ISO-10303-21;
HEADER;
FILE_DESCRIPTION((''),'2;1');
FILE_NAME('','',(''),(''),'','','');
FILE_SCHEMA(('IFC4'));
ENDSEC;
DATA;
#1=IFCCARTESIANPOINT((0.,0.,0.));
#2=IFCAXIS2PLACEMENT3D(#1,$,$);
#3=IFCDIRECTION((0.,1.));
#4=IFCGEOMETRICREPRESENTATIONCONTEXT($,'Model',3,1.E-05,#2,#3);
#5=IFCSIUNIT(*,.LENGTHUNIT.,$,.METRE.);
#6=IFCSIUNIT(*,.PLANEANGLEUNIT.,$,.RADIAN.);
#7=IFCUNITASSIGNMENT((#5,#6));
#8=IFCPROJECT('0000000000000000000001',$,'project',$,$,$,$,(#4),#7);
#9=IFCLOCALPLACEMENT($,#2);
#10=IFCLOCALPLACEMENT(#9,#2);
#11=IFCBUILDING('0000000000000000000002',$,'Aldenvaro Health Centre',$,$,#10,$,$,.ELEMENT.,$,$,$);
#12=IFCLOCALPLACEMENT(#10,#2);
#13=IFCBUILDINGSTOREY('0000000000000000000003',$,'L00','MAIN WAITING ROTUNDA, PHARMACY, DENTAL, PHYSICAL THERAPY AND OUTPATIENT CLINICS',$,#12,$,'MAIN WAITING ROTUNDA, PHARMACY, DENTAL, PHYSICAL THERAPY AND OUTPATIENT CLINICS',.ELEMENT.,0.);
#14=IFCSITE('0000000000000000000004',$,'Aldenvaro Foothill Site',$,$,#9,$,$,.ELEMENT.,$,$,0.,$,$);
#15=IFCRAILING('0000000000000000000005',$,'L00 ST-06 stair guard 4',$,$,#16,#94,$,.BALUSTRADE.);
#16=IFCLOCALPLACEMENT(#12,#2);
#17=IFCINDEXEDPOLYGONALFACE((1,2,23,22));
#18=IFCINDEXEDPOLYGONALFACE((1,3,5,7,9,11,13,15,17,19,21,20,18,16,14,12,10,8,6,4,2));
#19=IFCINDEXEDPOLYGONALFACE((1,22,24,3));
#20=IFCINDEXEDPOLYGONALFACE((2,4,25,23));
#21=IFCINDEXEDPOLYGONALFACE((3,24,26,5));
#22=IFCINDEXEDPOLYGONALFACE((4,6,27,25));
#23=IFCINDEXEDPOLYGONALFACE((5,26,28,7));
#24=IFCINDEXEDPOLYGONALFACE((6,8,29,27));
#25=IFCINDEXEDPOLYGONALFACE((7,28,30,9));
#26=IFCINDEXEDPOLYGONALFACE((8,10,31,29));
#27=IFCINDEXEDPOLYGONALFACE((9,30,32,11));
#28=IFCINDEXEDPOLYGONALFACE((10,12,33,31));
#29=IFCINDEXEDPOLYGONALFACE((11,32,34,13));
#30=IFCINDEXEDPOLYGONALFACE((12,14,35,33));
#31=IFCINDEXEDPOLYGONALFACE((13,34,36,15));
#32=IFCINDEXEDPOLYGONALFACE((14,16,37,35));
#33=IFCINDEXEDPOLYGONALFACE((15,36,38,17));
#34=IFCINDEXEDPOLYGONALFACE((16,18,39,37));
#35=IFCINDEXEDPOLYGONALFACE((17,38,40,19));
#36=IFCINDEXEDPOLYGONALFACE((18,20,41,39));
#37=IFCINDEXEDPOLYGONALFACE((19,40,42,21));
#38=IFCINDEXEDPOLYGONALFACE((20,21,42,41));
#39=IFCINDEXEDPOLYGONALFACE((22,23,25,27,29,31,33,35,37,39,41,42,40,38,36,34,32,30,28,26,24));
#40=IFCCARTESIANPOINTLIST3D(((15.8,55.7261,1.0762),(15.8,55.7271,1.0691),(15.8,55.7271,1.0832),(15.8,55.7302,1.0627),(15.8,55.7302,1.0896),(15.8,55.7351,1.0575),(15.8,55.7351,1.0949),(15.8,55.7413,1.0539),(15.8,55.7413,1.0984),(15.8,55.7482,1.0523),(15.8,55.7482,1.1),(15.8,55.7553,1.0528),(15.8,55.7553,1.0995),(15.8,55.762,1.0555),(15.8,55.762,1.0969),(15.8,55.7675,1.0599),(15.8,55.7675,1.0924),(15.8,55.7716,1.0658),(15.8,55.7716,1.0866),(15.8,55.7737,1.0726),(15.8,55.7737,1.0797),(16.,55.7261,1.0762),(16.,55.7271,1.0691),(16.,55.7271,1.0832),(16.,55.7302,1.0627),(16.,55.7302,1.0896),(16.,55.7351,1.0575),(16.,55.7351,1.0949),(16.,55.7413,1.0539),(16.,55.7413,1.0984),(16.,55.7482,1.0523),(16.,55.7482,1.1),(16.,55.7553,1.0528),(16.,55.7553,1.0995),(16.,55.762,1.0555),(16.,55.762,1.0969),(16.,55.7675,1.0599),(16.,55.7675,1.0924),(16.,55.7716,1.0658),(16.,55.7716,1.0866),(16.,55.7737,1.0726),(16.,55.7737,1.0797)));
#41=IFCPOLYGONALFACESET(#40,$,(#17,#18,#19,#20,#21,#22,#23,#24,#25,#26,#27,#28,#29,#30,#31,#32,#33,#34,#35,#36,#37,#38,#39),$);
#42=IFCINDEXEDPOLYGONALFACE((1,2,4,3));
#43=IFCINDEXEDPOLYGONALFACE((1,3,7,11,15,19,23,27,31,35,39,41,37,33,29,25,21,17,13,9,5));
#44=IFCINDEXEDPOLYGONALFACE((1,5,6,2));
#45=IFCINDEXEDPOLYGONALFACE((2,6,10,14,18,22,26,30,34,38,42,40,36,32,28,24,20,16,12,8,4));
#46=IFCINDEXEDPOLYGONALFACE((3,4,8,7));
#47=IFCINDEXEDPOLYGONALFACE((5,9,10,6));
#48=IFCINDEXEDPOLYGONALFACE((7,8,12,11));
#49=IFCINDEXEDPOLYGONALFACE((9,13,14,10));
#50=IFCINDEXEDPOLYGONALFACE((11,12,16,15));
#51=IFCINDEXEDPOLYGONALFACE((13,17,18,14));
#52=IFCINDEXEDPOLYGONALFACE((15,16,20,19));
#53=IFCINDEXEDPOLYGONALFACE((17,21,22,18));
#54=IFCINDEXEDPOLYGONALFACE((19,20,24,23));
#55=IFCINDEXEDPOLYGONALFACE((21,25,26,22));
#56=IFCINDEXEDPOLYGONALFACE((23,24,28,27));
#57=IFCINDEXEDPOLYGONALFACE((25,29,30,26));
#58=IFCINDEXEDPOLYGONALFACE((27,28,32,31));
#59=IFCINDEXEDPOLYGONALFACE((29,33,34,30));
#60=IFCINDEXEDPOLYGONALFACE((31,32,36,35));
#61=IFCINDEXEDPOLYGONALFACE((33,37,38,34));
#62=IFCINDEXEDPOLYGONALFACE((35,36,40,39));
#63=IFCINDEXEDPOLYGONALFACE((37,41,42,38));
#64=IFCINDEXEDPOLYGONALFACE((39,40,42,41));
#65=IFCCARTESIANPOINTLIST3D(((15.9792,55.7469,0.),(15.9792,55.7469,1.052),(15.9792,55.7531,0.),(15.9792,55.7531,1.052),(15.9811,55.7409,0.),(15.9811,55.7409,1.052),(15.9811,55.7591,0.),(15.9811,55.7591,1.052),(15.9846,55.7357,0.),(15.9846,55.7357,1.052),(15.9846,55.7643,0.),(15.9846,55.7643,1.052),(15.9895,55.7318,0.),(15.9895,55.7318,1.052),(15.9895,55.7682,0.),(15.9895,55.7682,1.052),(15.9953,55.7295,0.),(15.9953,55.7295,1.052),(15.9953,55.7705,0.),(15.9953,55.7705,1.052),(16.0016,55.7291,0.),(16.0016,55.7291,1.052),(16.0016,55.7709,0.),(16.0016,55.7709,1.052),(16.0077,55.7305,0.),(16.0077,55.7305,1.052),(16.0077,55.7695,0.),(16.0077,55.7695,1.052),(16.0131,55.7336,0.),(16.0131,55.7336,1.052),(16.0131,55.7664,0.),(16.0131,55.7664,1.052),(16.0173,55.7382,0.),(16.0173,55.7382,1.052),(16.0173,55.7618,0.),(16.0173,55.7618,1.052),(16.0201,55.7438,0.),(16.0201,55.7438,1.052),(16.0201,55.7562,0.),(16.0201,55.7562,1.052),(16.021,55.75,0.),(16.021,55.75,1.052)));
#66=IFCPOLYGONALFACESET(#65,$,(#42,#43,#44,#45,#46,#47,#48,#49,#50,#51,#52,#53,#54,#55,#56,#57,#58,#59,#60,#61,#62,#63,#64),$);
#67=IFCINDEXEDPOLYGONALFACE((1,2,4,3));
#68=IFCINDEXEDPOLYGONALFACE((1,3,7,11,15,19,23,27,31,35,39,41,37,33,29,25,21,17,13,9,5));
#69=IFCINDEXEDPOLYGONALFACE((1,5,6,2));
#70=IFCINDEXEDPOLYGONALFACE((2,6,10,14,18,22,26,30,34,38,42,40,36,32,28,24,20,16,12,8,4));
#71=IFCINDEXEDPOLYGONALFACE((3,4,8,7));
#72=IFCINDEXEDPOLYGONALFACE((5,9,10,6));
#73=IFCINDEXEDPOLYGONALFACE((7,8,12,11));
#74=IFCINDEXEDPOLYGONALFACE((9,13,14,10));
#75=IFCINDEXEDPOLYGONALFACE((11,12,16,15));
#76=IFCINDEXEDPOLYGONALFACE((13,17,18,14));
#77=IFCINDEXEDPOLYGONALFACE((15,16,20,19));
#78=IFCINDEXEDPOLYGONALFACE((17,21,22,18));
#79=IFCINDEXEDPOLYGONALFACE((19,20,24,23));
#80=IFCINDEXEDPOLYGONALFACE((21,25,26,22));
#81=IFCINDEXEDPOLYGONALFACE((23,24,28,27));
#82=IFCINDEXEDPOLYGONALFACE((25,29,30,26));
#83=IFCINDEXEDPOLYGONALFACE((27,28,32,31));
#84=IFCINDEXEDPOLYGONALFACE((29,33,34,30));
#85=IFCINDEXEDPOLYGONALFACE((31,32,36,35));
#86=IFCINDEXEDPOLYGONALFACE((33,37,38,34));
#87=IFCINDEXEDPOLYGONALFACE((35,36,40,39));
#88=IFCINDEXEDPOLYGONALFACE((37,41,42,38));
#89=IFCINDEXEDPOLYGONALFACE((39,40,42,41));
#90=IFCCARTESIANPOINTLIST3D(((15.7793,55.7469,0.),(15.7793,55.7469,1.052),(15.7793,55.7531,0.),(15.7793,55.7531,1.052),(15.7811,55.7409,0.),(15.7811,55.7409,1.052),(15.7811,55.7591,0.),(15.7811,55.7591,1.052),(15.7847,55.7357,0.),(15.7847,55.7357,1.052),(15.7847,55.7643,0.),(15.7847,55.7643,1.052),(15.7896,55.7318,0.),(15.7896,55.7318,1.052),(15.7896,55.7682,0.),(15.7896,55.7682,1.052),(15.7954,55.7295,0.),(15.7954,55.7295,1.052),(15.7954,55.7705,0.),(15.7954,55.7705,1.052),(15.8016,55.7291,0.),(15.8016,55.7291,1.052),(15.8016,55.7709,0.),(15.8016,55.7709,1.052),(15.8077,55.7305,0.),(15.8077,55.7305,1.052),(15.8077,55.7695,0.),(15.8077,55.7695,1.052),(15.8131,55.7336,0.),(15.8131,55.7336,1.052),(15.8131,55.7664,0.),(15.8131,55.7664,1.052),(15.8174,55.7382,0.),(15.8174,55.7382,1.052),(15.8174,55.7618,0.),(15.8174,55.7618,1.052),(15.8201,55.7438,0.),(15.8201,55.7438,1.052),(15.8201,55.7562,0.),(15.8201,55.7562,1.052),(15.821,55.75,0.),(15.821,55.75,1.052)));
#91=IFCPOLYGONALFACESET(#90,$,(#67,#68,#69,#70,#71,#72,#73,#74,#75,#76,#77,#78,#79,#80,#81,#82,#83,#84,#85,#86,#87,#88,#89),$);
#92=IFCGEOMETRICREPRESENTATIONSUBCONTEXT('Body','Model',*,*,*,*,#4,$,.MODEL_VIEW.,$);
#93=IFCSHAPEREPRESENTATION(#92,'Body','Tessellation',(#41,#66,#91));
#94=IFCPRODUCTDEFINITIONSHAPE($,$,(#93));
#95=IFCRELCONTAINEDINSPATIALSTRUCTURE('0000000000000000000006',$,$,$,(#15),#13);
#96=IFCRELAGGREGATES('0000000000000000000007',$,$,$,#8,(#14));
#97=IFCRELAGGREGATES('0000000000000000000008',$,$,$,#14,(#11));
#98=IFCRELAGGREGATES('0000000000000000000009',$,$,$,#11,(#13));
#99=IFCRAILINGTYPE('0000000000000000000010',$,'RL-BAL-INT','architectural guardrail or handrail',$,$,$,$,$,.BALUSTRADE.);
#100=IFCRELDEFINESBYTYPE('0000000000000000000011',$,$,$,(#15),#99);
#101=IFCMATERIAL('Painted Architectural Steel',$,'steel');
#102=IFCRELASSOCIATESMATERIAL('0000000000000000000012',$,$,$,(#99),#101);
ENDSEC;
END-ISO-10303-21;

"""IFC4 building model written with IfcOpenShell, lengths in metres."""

from ifc_helpers import new_model, si_unit, direction, frame, origin, origin_2d, place, context, subcontext, project, spatial, circle, extrude, material, type_object, element, save


model = new_model("IFC4")

# Units and contexts
model_context = context("Model", 3, precision=1e-05, world=origin(), true_north=direction((0.0, 1.0)))
body_context = subcontext(model_context, "Body", "Model", "MODEL_VIEW")
ifc_project = project(units=[si_unit("LENGTHUNIT", "METRE"), si_unit("PLANEANGLEUNIT", "RADIAN")], contexts=[model_context])

# Site, building, storey
site_placement = place(None, origin())
site = spatial("IfcSite", under=ifc_project, at=site_placement, Name="Aldenvaro Foothill Site", CompositionType="ELEMENT", RefElevation=0.0)
building_placement = place(site_placement, origin())
building = spatial("IfcBuilding", under=site, at=building_placement, Name="Aldenvaro Health Centre", CompositionType="ELEMENT")
storey_placement = place(building_placement, origin())
storey = spatial("IfcBuildingStorey", under=building, at=storey_placement, Name="L00", Description="MAIN WAITING ROTUNDA, PHARMACY, DENTAL, PHYSICAL THERAPY AND OUTPATIENT CLINICS", LongName="MAIN WAITING ROTUNDA, PHARMACY, DENTAL, PHYSICAL THERAPY AND OUTPATIENT CLINICS", CompositionType="ELEMENT", Elevation=0.0)

# Railing
ifc_material_1 = material(Name="Painted Architectural Steel", Category="steel")
railing_type_1 = type_object("IfcRailingType", Name="RL-BAL-INT", Description="architectural guardrail or handrail", PredefinedType="BALUSTRADE", material=ifc_material_1)
railing_1_placement = place(storey_placement, frame((16.0, 55.75, 0.0)))
element("IfcRailing", 1, at=railing_1_placement, inside=storey, type_object=railing_type_1, Name="L00 ST-06 stair guard 4", PredefinedType="BALUSTRADE", context=body_context, shape_type="SweptSolid", body=[
    extrude(circle(Radius=0.0239, at=origin_2d()), frame((0.0, 0.0, 1.0762), z_axis=(-1.0, 0.0, 0.0), x_axis=(0.0, -1.0, 0.0)), (0.0, 0.0, 1.0), 0.2),
    extrude(circle(Radius=0.021, at=origin_2d()), origin(), (0.0, 0.0, 1.0), 1.052),
    extrude(circle(Radius=0.021, at=origin_2d()), frame((-0.2, 0.0, 0.0)), (0.0, 0.0, 1.0), 1.052),
])

save(model, "model.ifc")
